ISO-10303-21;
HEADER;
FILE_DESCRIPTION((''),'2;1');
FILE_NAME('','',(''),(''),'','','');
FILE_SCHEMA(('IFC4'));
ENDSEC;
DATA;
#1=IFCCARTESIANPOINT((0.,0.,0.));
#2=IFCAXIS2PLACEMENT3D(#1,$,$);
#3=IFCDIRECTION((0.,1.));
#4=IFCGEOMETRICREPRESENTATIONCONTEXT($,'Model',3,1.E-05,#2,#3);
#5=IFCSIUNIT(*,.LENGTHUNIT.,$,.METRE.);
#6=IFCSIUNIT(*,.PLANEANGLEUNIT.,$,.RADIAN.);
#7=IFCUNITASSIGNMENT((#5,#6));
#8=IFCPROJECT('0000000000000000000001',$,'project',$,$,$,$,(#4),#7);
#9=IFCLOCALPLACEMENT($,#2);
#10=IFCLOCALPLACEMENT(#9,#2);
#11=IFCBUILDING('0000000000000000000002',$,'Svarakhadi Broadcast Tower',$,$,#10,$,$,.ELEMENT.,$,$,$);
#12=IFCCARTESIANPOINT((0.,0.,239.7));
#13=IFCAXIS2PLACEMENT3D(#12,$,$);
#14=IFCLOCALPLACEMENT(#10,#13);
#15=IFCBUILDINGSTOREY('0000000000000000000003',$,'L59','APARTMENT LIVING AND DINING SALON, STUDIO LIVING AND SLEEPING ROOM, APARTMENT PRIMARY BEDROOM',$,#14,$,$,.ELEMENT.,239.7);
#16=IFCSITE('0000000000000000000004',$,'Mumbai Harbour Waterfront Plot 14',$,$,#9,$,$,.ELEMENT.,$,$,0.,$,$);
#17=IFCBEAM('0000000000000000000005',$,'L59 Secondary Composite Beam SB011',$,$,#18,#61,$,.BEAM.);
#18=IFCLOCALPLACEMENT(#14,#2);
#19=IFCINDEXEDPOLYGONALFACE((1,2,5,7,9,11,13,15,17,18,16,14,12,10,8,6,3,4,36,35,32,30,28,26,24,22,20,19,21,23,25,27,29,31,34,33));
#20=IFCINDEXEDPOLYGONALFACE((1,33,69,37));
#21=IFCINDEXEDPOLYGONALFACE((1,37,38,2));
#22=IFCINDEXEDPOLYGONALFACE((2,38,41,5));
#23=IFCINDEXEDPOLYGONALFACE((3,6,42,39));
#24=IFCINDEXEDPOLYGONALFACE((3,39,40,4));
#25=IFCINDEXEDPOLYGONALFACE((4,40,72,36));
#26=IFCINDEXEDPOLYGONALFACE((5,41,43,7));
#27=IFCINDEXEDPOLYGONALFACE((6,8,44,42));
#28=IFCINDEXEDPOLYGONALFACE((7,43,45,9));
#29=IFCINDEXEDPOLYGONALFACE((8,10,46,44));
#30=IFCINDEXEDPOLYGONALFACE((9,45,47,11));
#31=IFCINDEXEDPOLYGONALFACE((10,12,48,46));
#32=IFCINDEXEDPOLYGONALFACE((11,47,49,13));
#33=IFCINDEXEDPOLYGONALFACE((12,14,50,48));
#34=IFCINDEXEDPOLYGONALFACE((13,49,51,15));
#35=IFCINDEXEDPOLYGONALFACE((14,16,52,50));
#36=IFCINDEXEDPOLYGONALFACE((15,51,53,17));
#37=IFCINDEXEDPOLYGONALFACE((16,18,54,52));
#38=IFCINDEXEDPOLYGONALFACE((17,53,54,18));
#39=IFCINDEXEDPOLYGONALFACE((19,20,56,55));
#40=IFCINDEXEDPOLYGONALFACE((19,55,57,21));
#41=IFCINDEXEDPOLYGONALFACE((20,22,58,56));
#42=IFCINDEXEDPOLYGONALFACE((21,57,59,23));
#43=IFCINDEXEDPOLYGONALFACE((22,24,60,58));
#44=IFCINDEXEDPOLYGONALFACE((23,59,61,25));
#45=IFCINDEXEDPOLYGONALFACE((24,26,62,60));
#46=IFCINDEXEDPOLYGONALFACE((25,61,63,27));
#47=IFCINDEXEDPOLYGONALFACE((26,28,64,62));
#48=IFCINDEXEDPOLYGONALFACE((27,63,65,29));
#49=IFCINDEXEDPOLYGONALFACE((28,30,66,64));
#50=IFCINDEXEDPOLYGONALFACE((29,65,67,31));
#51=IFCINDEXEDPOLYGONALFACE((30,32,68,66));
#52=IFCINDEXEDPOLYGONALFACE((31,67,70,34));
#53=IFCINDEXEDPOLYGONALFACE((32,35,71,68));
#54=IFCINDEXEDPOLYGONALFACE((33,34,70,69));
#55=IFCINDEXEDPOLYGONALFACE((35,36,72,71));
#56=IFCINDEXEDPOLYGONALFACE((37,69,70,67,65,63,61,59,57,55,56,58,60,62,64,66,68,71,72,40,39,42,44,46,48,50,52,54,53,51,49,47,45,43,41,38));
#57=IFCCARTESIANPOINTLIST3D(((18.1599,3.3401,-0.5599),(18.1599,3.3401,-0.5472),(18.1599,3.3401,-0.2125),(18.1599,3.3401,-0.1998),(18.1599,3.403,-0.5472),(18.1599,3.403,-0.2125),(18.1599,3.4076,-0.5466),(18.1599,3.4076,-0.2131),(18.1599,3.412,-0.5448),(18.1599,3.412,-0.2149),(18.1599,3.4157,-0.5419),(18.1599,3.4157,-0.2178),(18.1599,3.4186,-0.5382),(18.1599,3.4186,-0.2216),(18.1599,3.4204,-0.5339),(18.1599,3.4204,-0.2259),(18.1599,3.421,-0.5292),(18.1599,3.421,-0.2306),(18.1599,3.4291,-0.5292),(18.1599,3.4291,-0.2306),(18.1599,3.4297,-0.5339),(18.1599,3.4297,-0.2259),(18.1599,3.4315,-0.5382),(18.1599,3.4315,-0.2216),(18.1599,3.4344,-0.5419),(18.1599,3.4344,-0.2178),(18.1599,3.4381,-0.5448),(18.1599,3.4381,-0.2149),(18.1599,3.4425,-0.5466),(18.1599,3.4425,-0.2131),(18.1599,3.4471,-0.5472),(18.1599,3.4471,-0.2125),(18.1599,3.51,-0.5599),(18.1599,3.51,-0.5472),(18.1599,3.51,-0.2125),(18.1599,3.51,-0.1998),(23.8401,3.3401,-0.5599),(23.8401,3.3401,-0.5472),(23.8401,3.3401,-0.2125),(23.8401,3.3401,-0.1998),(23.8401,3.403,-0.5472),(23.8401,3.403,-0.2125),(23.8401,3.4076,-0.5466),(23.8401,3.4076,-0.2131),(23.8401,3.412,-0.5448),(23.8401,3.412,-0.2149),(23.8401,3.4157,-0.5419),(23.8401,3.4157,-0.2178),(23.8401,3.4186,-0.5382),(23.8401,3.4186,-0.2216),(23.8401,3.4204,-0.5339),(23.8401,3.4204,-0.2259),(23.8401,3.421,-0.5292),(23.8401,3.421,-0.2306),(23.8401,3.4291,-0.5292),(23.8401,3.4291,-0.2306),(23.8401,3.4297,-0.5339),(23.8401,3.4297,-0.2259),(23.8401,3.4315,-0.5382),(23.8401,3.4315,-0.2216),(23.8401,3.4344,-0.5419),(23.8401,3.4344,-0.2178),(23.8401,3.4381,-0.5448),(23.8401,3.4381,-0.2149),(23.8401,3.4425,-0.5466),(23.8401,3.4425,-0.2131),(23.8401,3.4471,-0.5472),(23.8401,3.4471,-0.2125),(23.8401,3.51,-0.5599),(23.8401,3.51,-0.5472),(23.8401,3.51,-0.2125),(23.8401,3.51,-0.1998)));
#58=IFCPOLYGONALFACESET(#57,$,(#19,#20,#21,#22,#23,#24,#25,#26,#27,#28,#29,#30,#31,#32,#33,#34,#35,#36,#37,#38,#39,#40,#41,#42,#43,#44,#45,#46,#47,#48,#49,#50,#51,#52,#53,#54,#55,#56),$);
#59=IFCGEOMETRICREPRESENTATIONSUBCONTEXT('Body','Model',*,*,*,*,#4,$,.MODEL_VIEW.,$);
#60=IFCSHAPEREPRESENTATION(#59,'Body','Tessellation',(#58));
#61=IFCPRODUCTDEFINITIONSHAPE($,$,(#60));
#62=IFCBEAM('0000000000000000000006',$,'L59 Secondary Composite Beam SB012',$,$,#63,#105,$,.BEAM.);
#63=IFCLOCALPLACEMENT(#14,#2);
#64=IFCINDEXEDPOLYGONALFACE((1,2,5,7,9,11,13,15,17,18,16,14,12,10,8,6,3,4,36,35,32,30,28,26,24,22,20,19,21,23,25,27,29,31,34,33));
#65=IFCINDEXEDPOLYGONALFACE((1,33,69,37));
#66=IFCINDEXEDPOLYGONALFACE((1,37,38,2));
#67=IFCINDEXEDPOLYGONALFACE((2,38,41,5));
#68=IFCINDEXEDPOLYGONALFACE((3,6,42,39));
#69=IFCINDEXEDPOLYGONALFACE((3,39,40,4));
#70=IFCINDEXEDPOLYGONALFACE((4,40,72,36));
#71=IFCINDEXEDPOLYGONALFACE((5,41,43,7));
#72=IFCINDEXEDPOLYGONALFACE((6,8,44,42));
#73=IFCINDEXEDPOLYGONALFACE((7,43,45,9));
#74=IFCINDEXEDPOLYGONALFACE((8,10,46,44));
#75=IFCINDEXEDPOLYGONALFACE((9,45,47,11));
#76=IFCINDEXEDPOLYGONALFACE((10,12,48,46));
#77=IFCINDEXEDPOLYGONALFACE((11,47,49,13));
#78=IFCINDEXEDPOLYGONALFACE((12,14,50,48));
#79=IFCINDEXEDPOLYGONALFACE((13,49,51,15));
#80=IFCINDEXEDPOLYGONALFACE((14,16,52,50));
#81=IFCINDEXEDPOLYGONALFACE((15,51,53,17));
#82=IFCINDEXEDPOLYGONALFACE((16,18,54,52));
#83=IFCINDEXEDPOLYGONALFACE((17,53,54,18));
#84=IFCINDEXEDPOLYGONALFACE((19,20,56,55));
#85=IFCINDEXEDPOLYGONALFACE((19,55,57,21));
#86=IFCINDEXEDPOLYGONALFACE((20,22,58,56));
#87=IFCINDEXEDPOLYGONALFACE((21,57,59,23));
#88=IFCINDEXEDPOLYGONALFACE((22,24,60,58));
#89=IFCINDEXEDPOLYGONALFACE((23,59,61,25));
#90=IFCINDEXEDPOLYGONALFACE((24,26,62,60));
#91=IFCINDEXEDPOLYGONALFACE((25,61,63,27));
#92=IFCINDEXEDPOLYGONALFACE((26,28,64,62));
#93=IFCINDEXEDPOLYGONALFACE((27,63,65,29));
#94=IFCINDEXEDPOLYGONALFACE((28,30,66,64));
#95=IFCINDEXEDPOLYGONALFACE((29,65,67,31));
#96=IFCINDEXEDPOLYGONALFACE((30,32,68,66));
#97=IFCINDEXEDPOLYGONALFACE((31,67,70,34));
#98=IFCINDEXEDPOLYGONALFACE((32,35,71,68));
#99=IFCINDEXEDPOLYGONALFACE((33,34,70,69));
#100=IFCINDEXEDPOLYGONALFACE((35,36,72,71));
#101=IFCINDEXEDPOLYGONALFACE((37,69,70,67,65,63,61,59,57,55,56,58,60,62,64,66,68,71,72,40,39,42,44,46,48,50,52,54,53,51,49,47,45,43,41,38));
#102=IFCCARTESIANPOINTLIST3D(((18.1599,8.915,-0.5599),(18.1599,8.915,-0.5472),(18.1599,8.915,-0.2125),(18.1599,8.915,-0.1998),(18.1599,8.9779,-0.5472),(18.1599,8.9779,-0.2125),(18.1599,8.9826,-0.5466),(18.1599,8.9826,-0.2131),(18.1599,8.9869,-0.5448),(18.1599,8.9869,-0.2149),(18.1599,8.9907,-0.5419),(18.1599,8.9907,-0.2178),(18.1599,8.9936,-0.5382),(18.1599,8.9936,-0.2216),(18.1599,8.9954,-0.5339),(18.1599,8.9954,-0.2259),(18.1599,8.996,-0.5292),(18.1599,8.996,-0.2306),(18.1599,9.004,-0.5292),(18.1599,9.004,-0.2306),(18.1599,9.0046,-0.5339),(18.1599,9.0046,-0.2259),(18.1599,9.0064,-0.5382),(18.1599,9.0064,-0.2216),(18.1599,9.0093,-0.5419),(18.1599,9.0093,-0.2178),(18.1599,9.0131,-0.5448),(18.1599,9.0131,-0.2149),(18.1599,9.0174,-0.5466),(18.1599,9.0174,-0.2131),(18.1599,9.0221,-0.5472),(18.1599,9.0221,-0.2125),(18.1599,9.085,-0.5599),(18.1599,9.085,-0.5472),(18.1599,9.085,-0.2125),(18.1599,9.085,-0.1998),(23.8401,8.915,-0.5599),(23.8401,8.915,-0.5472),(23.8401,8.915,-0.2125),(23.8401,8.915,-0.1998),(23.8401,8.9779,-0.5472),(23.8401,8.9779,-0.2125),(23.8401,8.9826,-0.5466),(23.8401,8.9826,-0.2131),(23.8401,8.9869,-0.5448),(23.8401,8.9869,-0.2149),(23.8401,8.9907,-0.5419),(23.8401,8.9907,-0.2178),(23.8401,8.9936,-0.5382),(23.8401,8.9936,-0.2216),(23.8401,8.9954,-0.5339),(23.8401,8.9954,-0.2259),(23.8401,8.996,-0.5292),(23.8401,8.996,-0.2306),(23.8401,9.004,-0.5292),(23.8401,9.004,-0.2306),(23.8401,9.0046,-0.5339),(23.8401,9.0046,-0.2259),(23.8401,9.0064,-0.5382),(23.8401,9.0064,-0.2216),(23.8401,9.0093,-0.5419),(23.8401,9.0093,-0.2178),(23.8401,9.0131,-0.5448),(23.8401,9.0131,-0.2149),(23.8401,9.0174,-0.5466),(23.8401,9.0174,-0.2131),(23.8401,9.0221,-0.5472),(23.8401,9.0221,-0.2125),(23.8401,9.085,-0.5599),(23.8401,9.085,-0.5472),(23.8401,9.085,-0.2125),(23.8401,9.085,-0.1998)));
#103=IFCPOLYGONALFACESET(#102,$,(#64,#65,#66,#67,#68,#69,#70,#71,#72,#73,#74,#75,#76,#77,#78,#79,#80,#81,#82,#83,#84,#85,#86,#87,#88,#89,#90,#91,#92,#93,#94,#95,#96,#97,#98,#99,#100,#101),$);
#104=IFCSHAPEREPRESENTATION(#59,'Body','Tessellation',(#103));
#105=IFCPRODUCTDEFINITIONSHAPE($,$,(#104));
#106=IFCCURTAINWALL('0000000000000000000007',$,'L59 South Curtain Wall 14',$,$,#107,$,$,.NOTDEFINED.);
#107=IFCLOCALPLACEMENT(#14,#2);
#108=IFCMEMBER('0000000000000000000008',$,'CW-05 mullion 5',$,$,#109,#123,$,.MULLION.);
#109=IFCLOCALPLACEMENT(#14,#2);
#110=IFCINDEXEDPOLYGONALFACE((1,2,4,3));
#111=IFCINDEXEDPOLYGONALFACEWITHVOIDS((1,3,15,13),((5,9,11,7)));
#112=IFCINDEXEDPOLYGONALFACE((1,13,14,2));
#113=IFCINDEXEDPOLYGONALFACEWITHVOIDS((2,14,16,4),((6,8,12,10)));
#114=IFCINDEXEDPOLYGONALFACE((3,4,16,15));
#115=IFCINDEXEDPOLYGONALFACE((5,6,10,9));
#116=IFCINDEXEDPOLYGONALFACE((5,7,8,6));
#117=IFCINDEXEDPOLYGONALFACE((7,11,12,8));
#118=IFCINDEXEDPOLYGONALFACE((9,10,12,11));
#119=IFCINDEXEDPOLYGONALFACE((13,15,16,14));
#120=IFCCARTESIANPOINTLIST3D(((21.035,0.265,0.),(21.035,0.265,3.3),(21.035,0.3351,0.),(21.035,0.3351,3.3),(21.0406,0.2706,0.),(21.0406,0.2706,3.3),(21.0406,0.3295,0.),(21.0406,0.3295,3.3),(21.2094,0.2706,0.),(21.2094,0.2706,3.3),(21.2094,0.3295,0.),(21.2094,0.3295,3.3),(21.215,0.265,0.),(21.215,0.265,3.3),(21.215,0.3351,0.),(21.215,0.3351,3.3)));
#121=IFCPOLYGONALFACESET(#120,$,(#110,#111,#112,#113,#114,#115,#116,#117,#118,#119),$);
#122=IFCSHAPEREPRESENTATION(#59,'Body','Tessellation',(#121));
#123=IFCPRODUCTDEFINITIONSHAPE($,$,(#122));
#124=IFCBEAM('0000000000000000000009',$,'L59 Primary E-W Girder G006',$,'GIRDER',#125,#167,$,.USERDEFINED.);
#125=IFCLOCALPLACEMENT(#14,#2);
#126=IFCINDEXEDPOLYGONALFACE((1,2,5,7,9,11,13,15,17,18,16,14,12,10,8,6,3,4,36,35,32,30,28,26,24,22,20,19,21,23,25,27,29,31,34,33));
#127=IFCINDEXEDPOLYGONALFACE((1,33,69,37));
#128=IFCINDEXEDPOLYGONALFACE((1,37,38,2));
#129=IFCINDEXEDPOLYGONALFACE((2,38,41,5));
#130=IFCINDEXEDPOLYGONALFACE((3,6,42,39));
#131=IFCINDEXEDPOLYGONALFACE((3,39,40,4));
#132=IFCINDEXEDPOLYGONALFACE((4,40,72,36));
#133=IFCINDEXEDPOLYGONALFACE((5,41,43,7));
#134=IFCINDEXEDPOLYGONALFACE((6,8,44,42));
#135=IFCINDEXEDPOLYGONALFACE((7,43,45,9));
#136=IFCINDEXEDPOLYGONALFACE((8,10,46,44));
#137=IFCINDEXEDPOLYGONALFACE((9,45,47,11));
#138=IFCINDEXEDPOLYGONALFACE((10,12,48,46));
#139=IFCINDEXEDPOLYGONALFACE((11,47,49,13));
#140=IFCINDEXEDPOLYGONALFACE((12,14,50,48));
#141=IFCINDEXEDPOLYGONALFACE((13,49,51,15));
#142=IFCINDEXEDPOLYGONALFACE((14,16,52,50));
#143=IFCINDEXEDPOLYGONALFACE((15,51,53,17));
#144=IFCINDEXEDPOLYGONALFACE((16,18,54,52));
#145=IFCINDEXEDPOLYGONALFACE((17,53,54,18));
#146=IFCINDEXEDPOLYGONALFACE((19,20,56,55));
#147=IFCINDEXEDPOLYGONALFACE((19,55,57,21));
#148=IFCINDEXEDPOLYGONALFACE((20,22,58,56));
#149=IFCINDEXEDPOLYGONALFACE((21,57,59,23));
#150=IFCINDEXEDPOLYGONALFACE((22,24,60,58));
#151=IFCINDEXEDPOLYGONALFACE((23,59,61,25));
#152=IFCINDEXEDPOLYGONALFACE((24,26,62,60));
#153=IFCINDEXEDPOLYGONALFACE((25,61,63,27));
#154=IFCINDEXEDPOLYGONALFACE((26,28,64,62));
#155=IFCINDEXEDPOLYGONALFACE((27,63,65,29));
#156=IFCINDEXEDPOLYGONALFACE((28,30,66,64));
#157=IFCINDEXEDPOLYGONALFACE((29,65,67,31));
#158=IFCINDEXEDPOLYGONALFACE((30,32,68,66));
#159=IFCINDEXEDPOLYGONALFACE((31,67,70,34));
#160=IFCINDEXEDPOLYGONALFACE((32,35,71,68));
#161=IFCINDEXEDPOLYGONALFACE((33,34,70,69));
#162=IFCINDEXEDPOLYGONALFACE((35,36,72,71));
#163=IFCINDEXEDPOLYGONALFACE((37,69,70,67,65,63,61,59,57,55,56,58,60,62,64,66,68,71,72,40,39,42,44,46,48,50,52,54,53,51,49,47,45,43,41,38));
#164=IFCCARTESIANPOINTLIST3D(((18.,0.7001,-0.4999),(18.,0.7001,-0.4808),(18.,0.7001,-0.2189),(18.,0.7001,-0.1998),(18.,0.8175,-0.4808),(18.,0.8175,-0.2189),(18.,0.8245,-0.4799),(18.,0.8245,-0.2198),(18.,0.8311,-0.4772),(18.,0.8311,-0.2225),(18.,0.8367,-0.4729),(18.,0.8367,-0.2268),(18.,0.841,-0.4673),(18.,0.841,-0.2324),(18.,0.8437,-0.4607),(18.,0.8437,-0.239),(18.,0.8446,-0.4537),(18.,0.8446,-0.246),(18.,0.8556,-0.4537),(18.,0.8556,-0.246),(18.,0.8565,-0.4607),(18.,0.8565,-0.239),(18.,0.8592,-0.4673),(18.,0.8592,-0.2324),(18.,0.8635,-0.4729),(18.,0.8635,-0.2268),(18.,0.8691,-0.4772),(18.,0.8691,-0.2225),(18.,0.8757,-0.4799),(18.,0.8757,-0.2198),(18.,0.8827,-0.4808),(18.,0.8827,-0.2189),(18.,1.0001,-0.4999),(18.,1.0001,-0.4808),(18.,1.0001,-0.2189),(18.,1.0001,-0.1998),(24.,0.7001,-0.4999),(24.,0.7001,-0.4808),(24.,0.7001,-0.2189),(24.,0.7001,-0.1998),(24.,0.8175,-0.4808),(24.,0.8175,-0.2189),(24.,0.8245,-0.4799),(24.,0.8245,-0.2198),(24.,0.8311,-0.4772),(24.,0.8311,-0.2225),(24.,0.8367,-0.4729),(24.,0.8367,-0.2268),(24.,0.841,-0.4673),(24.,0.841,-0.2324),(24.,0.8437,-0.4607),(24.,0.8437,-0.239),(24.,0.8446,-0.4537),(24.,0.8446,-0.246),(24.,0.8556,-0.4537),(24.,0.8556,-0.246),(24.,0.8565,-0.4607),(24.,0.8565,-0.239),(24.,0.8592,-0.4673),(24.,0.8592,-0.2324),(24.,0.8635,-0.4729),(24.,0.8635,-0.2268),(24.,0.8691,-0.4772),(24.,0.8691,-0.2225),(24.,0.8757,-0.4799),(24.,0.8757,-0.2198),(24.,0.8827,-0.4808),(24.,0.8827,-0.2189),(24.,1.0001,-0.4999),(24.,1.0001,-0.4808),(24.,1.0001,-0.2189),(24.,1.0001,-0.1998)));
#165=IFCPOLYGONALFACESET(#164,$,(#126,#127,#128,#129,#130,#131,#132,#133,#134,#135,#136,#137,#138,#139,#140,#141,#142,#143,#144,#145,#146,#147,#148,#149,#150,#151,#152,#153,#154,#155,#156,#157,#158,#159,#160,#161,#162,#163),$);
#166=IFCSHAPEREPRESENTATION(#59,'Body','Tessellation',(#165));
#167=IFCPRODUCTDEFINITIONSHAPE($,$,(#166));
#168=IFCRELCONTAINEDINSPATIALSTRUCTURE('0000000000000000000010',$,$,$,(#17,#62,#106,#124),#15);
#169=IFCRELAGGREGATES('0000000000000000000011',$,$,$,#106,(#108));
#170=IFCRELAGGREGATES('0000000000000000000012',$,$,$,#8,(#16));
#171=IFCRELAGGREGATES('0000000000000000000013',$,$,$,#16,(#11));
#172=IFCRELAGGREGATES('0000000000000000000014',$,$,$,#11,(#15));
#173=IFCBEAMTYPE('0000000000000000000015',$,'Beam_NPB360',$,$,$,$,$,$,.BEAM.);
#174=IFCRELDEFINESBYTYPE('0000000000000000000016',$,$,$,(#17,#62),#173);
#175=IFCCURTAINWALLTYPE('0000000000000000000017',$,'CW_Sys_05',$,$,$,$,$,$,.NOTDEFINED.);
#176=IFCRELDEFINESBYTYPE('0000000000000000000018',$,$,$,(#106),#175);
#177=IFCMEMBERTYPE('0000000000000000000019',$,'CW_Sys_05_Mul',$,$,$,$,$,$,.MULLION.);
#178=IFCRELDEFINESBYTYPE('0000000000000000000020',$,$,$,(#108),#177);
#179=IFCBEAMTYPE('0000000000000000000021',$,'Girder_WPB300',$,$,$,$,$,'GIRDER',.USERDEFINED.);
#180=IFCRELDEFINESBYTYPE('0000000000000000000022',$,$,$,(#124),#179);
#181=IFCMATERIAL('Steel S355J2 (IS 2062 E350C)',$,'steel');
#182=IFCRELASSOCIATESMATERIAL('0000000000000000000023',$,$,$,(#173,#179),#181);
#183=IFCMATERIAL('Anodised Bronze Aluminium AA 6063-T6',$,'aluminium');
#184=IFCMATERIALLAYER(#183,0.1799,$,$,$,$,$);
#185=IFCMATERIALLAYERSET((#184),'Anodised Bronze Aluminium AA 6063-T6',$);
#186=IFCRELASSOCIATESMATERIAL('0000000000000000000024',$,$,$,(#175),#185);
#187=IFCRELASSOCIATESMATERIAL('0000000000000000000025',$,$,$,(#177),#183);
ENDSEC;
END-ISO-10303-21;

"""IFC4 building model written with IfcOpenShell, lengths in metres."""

from ifc_helpers import new_model, si_unit, direction, frame, origin, origin_2d, place, context, subcontext, project, spatial, hollow_rectangle, i_section, extrude, material, layer, layer_set, material_profile, profile_set, type_object, element, aggregate, save


model = new_model("IFC4")

# Units and contexts
model_context = context("Model", 3, precision=1e-05, world=origin(), true_north=direction((0.0, 1.0)))
body_context = subcontext(model_context, "Body", "Model", "MODEL_VIEW")
ifc_project = project(units=[si_unit("LENGTHUNIT", "METRE"), si_unit("PLANEANGLEUNIT", "RADIAN")], contexts=[model_context])

# Site, building, storey
site_placement = place(None, origin())
site = spatial("IfcSite", under=ifc_project, at=site_placement, Name="Mumbai Harbour Waterfront Plot 14", CompositionType="ELEMENT", RefElevation=0.0)
building_placement = place(site_placement, origin())
building = spatial("IfcBuilding", under=site, at=building_placement, Name="Svarakhadi Broadcast Tower", CompositionType="ELEMENT")
storey_placement = place(building_placement, frame((0.0, 0.0, 239.7)))
storey = spatial("IfcBuildingStorey", under=building, at=storey_placement, Name="L59", Description="APARTMENT LIVING AND DINING SALON, STUDIO LIVING AND SLEEPING ROOM, APARTMENT PRIMARY BEDROOM", CompositionType="ELEMENT", Elevation=239.7)

# Beams
ifc_material_1 = material(Name="Steel S355J2 (IS 2062 E350C)", Category="steel")
ifc_material_profile_1 = material_profile(ifc_material_1, i_section(OverallWidth=0.1699, OverallDepth=0.3601, WebThickness=0.0081, FlangeThickness=0.0127, FilletRadius=0.0181, at=origin_2d()), Name="NPB 360x170x57")
ifc_profile_set_1 = profile_set([ifc_material_profile_1], Name="Steel S355J2 (IS 2062 E350C)")
beam_type_1 = type_object("IfcBeamType", Name="Beam_NPB360", PredefinedType="BEAM", material=ifc_profile_set_1)
for number, where, z_axis, x_axis, name in (
    (1, (18.1599, 3.425, -0.3799), (1.0, 0.0, 0.0), (0.0, 1.0, 0.0), "L59 Secondary Composite Beam SB011"),
    (2, (18.1599, 9.0, -0.3799), (1.0, 0.0, 0.0), (0.0, 1.0, 0.0), "L59 Secondary Composite Beam SB012"),
):
    element("IfcBeam", number, at=place(storey_placement, frame(where, z_axis=z_axis, x_axis=x_axis)), inside=storey, type_object=beam_type_1, Name=name, PredefinedType="BEAM", context=body_context, shape_type="SweptSolid", body=[
        extrude(i_section(OverallWidth=0.1699, OverallDepth=0.3601, WebThickness=0.0081, FlangeThickness=0.0127, FilletRadius=0.0181, at=origin_2d()), origin(), (0.0, 0.0, 1.0), 5.6802),
    ])

# Curtain wall, member
ifc_material_2 = material(Name="Anodised Bronze Aluminium AA 6063-T6", Category="aluminium")
ifc_layer_1 = layer(ifc_material_2, 0.1799)
ifc_layer_set_1 = layer_set([ifc_layer_1], Name="Anodised Bronze Aluminium AA 6063-T6")
curtain_wall_type = type_object("IfcCurtainWallType", Name="CW_Sys_05", PredefinedType="NOTDEFINED", material=ifc_layer_set_1)
curtain_wall_placement = place(storey_placement, origin())
curtain_wall = element("IfcCurtainWall", 3, at=curtain_wall_placement, inside=storey, type_object=curtain_wall_type, Name="L59 South Curtain Wall 14", PredefinedType="NOTDEFINED")
ifc_material_profile_2 = material_profile(ifc_material_2, hollow_rectangle(XDim=0.0701, YDim=0.1799, WallThickness=0.0056, at=origin_2d()), Name="ALU MULLION 180x70x6")
ifc_profile_set_2 = profile_set([ifc_material_profile_2], Name="Anodised Bronze Aluminium AA 6063-T6")
member_type = type_object("IfcMemberType", Name="CW_Sys_05_Mul", PredefinedType="MULLION", material=ifc_profile_set_2)
member_placement = place(storey_placement, frame((21.125, 0.3, 0.0), z_axis=(0.0, 0.0, 1.0), x_axis=(0.0, -1.0, 0.0)))
member = element("IfcMember", 4, at=member_placement, type_object=member_type, Name="CW-05 mullion 5", PredefinedType="MULLION", context=body_context, shape_type="SweptSolid", body=[
    extrude(hollow_rectangle(XDim=0.0701, YDim=0.1799, WallThickness=0.0056, at=origin_2d()), origin(), (0.0, 0.0, 1.0), 3.3),
])

# Beam
ifc_material_profile_3 = material_profile(ifc_material_1, i_section(OverallWidth=0.3, OverallDepth=0.3, WebThickness=0.011, FlangeThickness=0.019, FilletRadius=0.0271, at=origin_2d()), Name="WPB 300x300x117")
ifc_profile_set_3 = profile_set([ifc_material_profile_3], Name="Steel S355J2 (IS 2062 E350C)")
beam_type_2 = type_object("IfcBeamType", Name="Girder_WPB300", ElementType="GIRDER", PredefinedType="USERDEFINED", material=ifc_profile_set_3)
for number, where, z_axis, x_axis, name in (
    (5, (18.0, 0.8501, -0.3499), (1.0, 0.0, 0.0), (0.0, 1.0, 0.0), "L59 Primary E-W Girder G006"),
):
    element("IfcBeam", number, at=place(storey_placement, frame(where, z_axis=z_axis, x_axis=x_axis)), inside=storey, type_object=beam_type_2, Name=name, ObjectType="GIRDER", PredefinedType="USERDEFINED", context=body_context, shape_type="SweptSolid", body=[
        extrude(i_section(OverallWidth=0.3, OverallDepth=0.3, WebThickness=0.011, FlangeThickness=0.019, FilletRadius=0.0271, at=origin_2d()), origin(), (0.0, 0.0, 1.0), 6.0),
    ])

aggregate(curtain_wall, [member])

save(model, "model.ifc")
